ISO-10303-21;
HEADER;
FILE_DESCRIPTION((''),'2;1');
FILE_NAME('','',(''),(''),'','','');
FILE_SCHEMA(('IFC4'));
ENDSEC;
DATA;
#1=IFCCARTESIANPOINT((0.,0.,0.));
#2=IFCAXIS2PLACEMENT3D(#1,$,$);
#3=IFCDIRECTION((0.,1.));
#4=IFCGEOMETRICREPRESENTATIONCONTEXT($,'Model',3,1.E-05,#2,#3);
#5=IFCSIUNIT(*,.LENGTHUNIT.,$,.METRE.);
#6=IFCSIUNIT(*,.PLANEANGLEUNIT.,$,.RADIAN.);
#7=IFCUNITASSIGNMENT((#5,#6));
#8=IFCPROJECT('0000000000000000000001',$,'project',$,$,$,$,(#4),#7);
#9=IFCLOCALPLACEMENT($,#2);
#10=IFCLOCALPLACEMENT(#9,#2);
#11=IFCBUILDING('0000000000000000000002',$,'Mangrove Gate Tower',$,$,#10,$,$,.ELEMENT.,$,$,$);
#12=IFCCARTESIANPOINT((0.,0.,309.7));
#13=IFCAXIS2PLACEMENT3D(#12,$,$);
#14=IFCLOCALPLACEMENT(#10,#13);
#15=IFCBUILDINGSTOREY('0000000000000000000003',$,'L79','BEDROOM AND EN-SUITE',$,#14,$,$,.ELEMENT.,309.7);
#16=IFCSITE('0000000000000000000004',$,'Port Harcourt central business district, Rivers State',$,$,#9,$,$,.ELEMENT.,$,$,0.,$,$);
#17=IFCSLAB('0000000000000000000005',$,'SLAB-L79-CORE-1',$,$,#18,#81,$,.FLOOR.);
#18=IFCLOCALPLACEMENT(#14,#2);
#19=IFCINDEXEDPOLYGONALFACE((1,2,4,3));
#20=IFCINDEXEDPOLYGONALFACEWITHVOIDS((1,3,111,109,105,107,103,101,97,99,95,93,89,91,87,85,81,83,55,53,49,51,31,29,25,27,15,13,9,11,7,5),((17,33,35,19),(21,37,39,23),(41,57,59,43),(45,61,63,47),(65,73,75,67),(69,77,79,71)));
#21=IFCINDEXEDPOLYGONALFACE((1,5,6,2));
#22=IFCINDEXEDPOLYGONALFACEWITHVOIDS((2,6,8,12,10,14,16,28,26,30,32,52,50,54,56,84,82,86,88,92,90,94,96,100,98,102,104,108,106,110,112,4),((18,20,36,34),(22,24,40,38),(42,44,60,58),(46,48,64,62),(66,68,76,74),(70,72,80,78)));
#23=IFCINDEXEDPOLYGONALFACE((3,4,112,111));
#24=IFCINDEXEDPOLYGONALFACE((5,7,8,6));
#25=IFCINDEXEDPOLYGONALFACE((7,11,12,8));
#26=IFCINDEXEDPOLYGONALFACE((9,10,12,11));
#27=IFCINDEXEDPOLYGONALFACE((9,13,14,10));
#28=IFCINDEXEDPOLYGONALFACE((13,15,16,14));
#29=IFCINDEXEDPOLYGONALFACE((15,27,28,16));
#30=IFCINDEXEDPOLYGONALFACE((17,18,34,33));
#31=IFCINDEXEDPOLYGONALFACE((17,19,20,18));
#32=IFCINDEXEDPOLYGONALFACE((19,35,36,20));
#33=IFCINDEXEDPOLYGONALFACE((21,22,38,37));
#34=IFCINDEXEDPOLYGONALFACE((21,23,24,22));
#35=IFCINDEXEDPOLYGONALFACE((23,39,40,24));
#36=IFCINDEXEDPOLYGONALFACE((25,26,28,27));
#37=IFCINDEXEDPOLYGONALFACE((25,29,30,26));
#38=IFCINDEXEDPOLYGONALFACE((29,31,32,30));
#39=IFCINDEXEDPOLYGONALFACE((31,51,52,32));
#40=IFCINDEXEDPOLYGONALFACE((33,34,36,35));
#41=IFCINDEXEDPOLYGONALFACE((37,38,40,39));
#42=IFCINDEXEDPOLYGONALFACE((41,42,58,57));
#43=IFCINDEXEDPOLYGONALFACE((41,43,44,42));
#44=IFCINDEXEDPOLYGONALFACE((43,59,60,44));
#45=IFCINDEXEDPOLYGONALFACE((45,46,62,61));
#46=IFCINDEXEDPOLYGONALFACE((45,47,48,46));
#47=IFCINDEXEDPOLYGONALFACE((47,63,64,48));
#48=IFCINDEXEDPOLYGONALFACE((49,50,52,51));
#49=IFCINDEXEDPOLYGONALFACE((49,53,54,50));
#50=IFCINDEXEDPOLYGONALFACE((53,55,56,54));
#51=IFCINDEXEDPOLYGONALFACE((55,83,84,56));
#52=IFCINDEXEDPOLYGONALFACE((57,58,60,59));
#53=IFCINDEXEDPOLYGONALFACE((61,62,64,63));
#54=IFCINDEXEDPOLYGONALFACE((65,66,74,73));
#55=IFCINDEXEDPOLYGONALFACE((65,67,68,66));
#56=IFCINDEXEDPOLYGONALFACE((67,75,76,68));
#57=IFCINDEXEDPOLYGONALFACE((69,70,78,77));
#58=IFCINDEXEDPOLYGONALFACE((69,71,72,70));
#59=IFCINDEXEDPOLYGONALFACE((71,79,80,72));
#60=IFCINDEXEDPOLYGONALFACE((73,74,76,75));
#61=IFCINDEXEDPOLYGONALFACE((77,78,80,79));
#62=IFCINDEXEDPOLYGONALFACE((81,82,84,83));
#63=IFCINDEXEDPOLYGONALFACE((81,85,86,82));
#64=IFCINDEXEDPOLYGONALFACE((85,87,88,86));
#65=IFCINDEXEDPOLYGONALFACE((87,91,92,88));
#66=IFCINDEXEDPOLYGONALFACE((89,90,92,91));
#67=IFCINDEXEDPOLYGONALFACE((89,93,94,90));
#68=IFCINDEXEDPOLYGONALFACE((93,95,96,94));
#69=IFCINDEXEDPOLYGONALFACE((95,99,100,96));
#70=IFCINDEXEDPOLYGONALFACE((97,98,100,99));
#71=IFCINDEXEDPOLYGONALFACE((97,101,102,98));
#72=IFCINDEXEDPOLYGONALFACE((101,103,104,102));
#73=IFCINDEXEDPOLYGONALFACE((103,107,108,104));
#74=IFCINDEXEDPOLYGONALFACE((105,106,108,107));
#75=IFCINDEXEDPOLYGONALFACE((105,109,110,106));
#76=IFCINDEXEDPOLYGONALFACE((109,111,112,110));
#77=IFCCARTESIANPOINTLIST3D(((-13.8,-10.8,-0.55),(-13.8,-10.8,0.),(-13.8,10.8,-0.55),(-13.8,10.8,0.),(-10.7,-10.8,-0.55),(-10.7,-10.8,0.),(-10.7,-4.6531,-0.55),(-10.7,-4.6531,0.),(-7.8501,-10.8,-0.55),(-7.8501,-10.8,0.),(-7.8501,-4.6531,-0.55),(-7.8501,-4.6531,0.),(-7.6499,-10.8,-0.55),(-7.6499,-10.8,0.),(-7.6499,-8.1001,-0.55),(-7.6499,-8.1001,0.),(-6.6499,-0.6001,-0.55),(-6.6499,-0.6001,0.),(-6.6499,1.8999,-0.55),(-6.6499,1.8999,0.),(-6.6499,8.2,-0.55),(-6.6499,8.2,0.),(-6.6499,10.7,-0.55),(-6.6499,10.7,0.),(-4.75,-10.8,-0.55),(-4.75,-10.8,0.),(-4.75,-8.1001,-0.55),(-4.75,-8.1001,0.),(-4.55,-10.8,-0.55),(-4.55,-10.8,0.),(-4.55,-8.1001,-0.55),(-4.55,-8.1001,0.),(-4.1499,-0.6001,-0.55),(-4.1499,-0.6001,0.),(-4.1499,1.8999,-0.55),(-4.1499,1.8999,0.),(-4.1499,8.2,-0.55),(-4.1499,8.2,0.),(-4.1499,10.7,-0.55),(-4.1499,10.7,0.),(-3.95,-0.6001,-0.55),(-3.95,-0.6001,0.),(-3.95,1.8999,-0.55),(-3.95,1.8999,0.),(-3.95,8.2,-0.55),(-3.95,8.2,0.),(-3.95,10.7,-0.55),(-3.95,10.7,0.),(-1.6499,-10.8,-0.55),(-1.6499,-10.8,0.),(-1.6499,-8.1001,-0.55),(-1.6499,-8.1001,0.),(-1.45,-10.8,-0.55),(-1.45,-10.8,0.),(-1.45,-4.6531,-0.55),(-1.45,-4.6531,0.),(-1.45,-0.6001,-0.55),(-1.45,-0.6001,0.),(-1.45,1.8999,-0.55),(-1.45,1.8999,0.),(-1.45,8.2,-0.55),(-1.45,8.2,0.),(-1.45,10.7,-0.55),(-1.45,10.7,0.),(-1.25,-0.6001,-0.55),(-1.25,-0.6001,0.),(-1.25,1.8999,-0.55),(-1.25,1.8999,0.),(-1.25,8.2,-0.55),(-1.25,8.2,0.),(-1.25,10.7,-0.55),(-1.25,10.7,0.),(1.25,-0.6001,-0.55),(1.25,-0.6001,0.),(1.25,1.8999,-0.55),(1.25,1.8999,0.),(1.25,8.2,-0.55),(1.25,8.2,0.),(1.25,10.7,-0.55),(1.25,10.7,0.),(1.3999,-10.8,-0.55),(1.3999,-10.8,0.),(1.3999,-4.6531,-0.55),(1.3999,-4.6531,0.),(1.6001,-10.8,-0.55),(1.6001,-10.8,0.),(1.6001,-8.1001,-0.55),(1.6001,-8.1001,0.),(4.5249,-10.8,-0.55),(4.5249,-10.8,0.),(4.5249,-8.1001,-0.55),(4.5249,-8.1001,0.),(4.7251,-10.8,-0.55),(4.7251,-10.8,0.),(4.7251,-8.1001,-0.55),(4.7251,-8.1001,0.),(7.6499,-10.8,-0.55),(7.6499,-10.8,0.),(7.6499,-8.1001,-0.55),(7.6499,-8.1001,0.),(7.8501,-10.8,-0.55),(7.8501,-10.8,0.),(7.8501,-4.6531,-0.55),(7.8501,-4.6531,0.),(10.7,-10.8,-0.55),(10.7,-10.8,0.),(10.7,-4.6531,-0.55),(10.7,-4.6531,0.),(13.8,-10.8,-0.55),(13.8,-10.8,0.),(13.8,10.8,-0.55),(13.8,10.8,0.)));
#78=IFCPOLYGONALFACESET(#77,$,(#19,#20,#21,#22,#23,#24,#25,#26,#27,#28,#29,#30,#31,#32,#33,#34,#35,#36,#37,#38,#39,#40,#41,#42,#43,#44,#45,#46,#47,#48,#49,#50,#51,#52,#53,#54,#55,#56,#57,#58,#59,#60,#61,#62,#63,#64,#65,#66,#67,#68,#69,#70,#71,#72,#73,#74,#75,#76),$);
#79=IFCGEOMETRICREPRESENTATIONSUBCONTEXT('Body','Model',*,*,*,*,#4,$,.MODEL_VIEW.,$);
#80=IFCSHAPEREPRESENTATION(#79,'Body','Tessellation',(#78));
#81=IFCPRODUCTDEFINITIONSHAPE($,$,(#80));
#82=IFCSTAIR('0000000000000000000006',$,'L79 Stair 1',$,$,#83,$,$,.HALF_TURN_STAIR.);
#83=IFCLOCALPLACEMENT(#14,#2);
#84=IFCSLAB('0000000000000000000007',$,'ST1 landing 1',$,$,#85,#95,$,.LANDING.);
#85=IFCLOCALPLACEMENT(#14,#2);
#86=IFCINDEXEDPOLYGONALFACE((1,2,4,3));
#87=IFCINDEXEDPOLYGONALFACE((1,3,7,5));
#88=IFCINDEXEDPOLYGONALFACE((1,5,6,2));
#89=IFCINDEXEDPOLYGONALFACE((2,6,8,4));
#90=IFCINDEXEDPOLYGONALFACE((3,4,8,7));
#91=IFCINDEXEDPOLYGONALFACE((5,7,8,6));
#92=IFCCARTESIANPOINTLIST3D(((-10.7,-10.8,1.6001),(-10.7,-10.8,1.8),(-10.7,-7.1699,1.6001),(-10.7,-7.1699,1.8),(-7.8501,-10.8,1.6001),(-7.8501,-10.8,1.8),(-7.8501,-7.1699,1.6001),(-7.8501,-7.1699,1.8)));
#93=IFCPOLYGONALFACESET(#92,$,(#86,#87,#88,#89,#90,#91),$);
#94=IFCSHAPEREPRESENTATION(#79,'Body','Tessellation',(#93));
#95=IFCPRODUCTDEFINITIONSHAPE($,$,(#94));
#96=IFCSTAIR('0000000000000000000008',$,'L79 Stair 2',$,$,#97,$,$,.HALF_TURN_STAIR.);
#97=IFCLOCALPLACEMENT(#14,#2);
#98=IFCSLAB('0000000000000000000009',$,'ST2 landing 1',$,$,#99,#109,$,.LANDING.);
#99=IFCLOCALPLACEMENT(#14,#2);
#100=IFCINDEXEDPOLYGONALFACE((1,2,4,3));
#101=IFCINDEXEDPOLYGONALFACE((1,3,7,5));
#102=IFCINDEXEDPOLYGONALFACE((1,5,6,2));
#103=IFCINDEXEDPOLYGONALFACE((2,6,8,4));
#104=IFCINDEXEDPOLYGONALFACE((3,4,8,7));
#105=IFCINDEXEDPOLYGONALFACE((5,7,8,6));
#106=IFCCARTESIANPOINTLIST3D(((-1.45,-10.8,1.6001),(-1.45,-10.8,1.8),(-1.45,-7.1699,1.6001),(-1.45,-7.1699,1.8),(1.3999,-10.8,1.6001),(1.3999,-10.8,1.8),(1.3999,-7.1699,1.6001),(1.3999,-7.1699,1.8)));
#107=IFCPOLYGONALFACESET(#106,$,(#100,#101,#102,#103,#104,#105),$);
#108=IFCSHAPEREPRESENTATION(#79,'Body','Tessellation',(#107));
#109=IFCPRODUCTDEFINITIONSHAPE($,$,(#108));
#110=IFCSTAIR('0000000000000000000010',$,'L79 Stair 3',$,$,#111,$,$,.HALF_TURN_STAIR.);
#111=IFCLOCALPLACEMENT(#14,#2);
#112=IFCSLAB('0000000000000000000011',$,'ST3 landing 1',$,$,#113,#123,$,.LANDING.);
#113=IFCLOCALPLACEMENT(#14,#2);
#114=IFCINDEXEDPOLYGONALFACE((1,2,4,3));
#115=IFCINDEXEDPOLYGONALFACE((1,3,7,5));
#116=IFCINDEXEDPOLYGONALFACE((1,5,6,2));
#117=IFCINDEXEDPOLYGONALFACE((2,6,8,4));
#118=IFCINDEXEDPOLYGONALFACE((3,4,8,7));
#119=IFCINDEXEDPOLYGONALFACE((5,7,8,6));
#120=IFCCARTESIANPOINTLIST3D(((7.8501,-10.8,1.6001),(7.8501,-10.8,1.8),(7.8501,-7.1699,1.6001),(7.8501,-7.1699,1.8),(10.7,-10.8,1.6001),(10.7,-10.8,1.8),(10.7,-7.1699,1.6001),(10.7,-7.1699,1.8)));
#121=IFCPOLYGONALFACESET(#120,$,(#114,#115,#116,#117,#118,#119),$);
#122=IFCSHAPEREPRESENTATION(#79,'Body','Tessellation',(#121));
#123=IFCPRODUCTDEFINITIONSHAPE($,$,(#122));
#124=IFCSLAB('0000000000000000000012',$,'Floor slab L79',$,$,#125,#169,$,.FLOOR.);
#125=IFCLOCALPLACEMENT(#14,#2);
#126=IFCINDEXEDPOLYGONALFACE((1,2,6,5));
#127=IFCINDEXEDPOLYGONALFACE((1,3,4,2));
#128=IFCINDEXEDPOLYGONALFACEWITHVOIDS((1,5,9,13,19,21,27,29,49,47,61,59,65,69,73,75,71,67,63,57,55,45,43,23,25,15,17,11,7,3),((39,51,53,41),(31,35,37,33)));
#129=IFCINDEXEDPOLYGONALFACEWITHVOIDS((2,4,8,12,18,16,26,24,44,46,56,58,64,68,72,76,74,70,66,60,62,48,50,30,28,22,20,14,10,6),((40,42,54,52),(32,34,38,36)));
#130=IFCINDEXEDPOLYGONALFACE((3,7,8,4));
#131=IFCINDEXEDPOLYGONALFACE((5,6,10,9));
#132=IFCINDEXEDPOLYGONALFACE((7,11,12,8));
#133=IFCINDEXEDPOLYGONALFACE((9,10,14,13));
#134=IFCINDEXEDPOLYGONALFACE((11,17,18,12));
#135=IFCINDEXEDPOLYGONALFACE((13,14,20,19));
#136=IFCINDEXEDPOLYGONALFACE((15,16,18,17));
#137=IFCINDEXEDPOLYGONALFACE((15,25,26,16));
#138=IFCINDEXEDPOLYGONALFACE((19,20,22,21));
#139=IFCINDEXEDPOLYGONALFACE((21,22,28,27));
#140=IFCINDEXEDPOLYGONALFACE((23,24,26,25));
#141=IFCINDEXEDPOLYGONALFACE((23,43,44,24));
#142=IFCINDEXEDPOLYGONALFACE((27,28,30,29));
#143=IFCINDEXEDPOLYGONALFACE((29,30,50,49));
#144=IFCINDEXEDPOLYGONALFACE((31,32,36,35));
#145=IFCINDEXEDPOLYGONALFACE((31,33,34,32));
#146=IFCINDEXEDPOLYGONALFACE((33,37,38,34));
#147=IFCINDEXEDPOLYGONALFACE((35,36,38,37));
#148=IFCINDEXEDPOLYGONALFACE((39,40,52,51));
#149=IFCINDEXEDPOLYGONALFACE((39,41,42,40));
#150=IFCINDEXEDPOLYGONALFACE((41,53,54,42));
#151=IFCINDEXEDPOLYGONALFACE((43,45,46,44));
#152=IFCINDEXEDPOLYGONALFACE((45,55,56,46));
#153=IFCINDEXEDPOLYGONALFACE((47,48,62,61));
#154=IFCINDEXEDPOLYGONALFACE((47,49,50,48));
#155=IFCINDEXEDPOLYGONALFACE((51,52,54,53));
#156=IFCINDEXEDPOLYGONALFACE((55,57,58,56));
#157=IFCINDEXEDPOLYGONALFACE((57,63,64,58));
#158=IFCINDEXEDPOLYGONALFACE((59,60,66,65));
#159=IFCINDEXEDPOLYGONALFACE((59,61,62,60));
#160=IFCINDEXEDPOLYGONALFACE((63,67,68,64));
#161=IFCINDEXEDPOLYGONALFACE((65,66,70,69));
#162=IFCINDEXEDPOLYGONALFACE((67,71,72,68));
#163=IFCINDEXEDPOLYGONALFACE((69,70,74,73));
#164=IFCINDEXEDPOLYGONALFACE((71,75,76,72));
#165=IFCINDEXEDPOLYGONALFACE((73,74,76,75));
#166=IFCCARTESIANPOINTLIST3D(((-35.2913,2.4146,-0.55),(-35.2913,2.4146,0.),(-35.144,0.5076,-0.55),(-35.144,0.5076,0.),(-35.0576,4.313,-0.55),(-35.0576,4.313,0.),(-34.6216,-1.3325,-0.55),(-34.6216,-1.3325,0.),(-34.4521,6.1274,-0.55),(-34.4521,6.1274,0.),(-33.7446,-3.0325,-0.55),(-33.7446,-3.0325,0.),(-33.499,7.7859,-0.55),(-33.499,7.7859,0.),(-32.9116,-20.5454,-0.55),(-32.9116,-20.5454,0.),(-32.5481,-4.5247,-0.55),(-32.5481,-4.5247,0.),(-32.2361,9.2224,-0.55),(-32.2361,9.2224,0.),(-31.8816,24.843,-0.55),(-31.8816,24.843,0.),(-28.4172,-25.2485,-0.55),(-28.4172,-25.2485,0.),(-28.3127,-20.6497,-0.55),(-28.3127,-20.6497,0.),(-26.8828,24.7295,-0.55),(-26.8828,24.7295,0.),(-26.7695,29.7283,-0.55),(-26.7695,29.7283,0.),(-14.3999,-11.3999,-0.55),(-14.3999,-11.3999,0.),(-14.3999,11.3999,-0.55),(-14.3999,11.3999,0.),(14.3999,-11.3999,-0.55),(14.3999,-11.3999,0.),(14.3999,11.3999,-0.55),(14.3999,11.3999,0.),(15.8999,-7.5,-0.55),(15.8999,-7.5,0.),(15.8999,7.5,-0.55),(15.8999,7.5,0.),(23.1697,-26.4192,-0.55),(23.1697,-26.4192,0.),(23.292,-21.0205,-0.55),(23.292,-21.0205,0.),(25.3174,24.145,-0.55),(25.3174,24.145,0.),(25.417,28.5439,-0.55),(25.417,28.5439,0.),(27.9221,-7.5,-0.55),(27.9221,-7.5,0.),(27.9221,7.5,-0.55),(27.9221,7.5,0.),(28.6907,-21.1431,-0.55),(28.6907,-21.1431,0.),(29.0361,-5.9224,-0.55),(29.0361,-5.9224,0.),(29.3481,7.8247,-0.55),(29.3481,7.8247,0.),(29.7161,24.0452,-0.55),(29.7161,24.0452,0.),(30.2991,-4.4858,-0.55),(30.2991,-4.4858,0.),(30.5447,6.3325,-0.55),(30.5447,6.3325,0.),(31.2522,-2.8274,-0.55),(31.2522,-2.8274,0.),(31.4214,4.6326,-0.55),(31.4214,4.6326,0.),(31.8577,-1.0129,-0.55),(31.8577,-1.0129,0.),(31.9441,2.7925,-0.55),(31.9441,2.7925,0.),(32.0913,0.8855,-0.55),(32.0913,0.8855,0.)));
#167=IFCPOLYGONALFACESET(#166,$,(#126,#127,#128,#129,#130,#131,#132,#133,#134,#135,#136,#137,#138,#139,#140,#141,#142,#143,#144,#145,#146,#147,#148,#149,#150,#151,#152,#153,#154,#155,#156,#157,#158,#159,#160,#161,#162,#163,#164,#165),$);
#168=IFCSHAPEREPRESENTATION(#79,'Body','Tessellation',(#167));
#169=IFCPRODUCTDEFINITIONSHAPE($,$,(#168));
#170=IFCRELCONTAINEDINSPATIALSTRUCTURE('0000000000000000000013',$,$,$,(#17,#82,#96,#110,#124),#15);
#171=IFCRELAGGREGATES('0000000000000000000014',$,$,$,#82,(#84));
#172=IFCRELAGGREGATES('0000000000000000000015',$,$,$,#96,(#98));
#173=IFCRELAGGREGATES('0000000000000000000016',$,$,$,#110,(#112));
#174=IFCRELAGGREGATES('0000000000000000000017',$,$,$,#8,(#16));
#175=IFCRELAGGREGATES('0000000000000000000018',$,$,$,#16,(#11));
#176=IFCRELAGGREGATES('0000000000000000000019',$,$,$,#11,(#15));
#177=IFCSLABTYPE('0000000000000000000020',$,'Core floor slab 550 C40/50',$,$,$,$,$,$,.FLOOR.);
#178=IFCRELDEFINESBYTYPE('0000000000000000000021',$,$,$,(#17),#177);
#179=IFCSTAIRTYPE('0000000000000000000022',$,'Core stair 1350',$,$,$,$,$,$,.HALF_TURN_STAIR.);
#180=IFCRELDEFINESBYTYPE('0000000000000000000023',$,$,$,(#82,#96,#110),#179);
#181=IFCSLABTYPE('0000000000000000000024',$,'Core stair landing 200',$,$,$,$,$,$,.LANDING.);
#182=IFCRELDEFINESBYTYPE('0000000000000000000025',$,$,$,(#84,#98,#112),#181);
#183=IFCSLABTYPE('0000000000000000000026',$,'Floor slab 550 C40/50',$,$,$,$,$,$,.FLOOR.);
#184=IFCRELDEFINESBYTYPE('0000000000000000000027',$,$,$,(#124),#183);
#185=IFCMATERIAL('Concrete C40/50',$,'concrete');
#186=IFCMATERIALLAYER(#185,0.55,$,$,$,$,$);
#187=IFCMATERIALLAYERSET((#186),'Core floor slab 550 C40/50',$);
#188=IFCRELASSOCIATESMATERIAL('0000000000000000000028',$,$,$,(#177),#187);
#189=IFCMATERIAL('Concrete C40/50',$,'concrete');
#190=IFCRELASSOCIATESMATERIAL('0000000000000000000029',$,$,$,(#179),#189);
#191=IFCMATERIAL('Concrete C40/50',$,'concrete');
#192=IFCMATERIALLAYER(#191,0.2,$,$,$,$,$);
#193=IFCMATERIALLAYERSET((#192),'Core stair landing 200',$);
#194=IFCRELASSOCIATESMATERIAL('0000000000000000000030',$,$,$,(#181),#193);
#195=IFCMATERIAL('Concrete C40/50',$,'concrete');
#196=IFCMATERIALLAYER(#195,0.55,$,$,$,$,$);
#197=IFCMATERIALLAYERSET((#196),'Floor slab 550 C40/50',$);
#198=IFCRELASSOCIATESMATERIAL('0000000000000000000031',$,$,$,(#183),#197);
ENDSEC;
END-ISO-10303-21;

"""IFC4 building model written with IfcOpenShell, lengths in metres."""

from ifc_helpers import new_model, si_unit, direction, frame, origin, place, context, subcontext, project, spatial, polyline, outline, extrude, material, layer, layer_set, type_object, element, aggregate, save


model = new_model("IFC4")

# Units and contexts
model_context = context("Model", 3, precision=1e-05, world=origin(), true_north=direction((0.0, 1.0)))
body_context = subcontext(model_context, "Body", "Model", "MODEL_VIEW")
ifc_project = project(units=[si_unit("LENGTHUNIT", "METRE"), si_unit("PLANEANGLEUNIT", "RADIAN")], contexts=[model_context])

# Site, building, storey
site_placement = place(None, origin())
site = spatial("IfcSite", under=ifc_project, at=site_placement, Name="Port Harcourt central business district, Rivers State", CompositionType="ELEMENT", RefElevation=0.0)
building_placement = place(site_placement, origin())
building = spatial("IfcBuilding", under=site, at=building_placement, Name="Mangrove Gate Tower", CompositionType="ELEMENT")
storey_placement = place(building_placement, frame((0.0, 0.0, 309.7)))
storey = spatial("IfcBuildingStorey", under=building, at=storey_placement, Name="L79", Description="BEDROOM AND EN-SUITE", CompositionType="ELEMENT", Elevation=309.7)

# Slab
ifc_material_1 = material(Name="Concrete C40/50", Category="concrete")
ifc_layer_1 = layer(ifc_material_1, 0.55)
ifc_layer_set_1 = layer_set([ifc_layer_1], Name="Core floor slab 550 C40/50")
slab_type_1 = type_object("IfcSlabType", Name="Core floor slab 550 C40/50", PredefinedType="FLOOR", material=ifc_layer_set_1)
slab_1_placement = place(storey_placement, frame((0.0, 0.0, -0.55)))
element("IfcSlab", 1, at=slab_1_placement, inside=storey, type_object=slab_type_1, Name="SLAB-L79-CORE-1", PredefinedType="FLOOR", context=body_context, shape_type="SweptSolid", body=[
    extrude(outline(polyline([(-13.8, -10.8), (-13.8, 10.8), (13.8, 10.8), (13.8, -10.8), (10.7, -10.8), (10.7, -4.6531), (7.8501, -4.6531), (7.8501, -10.8), (7.6499, -10.8), (7.6499, -8.1001), (4.7251, -8.1001), (4.7251, -10.8), (4.5249, -10.8), (4.5249, -8.1001), (1.6001, -8.1001), (1.6001, -10.8), (1.3999, -10.8), (1.3999, -4.6531), (-1.45, -4.6531), (-1.45, -10.8), (-1.6499, -10.8), (-1.6499, -8.1001), (-4.55, -8.1001), (-4.55, -10.8), (-4.75, -10.8), (-4.75, -8.1001), (-7.6499, -8.1001), (-7.6499, -10.8), (-7.8501, -10.8), (-7.8501, -4.6531), (-10.7, -4.6531), (-10.7, -10.8), (-13.8, -10.8)]), holes=[polyline([(-4.1499, 1.8999), (-6.6499, 1.8999), (-6.6499, -0.6001), (-4.1499, -0.6001), (-4.1499, 1.8999)]), polyline([(-1.45, -0.6001), (-1.45, 1.8999), (-3.95, 1.8999), (-3.95, -0.6001), (-1.45, -0.6001)]), polyline([(-4.1499, 8.2), (-4.1499, 10.7), (-6.6499, 10.7), (-6.6499, 8.2), (-4.1499, 8.2)]), polyline([(-1.45, 10.7), (-3.95, 10.7), (-3.95, 8.2), (-1.45, 8.2), (-1.45, 10.7)]), polyline([(1.25, -0.6001), (1.25, 1.8999), (-1.25, 1.8999), (-1.25, -0.6001), (1.25, -0.6001)]), polyline([(1.25, 8.2), (1.25, 10.7), (-1.25, 10.7), (-1.25, 8.2), (1.25, 8.2)])]), origin(), (0.0, 0.0, 1.0), 0.55),
])

# Stairs, slabs
ifc_material_2 = material(Name="Concrete C40/50", Category="concrete")
stair_type = type_object("IfcStairType", Name="Core stair 1350", PredefinedType="HALF_TURN_STAIR", material=ifc_material_2)
stair_1_placement = place(storey_placement, origin())
stair_1 = element("IfcStair", 2, at=stair_1_placement, inside=storey, type_object=stair_type, Name="L79 Stair 1", PredefinedType="HALF_TURN_STAIR")
ifc_material_3 = material(Name="Concrete C40/50", Category="concrete")
ifc_layer_2 = layer(ifc_material_3, 0.2)
ifc_layer_set_2 = layer_set([ifc_layer_2], Name="Core stair landing 200")
slab_type_2 = type_object("IfcSlabType", Name="Core stair landing 200", PredefinedType="LANDING", material=ifc_layer_set_2)
slab_2_placement = place(storey_placement, frame((0.0, 0.0, 1.6001)))
slab_2 = element("IfcSlab", 3, at=slab_2_placement, type_object=slab_type_2, Name="ST1 landing 1", PredefinedType="LANDING", context=body_context, shape_type="SweptSolid", body=[
    extrude(outline(polyline([(-10.7, -7.1699), (-10.7, -10.8), (-7.8501, -10.8), (-7.8501, -7.1699), (-10.7, -7.1699)])), origin(), (0.0, 0.0, 1.0), 0.2),
])
aggregate(stair_1, [slab_2])
stair_2_placement = place(storey_placement, origin())
stair_2 = element("IfcStair", 4, at=stair_2_placement, inside=storey, type_object=stair_type, Name="L79 Stair 2", PredefinedType="HALF_TURN_STAIR")
slab_3_placement = place(storey_placement, frame((0.0, 0.0, 1.6001)))
slab_3 = element("IfcSlab", 5, at=slab_3_placement, type_object=slab_type_2, Name="ST2 landing 1", PredefinedType="LANDING", context=body_context, shape_type="SweptSolid", body=[
    extrude(outline(polyline([(-1.45, -7.1699), (-1.45, -10.8), (1.3999, -10.8), (1.3999, -7.1699), (-1.45, -7.1699)])), origin(), (0.0, 0.0, 1.0), 0.2),
])
aggregate(stair_2, [slab_3])
stair_3_placement = place(storey_placement, origin())
stair_3 = element("IfcStair", 6, at=stair_3_placement, inside=storey, type_object=stair_type, Name="L79 Stair 3", PredefinedType="HALF_TURN_STAIR")
slab_4_placement = place(storey_placement, frame((0.0, 0.0, 1.6001)))
slab_4 = element("IfcSlab", 7, at=slab_4_placement, type_object=slab_type_2, Name="ST3 landing 1", PredefinedType="LANDING", context=body_context, shape_type="SweptSolid", body=[
    extrude(outline(polyline([(7.8501, -7.1699), (7.8501, -10.8), (10.7, -10.8), (10.7, -7.1699), (7.8501, -7.1699)])), origin(), (0.0, 0.0, 1.0), 0.2),
])
aggregate(stair_3, [slab_4])

# Slab
ifc_material_4 = material(Name="Concrete C40/50", Category="concrete")
ifc_layer_3 = layer(ifc_material_4, 0.55)
ifc_layer_set_3 = layer_set([ifc_layer_3], Name="Floor slab 550 C40/50")
slab_type_3 = type_object("IfcSlabType", Name="Floor slab 550 C40/50", PredefinedType="FLOOR", material=ifc_layer_set_3)
slab_5_placement = place(storey_placement, frame((0.0, 0.0, -0.55)))
element("IfcSlab", 8, at=slab_5_placement, inside=storey, type_object=slab_type_3, Name="Floor slab L79", PredefinedType="FLOOR", context=body_context, shape_type="SweptSolid", body=[
    extrude(outline(polyline([(-28.4172, -25.2485), (23.1697, -26.4192), (23.292, -21.0205), (28.6907, -21.1431), (29.0361, -5.9224), (30.2991, -4.4858), (31.2522, -2.8274), (31.8577, -1.0129), (32.0913, 0.8855), (31.9441, 2.7925), (31.4214, 4.6326), (30.5447, 6.3325), (29.3481, 7.8247), (29.7161, 24.0452), (25.3174, 24.145), (25.417, 28.5439), (-26.7695, 29.7283), (-26.8828, 24.7295), (-31.8816, 24.843), (-32.2361, 9.2224), (-33.499, 7.7859), (-34.4521, 6.1274), (-35.0576, 4.313), (-35.2913, 2.4146), (-35.144, 0.5076), (-34.6216, -1.3325), (-33.7446, -3.0325), (-32.5481, -4.5247), (-32.9116, -20.5454), (-28.3127, -20.6497), (-28.4172, -25.2485)]), holes=[polyline([(15.8999, 7.5), (27.9221, 7.5), (27.9221, -7.5), (15.8999, -7.5), (15.8999, 7.5)]), polyline([(-14.3999, -11.3999), (-14.3999, 11.3999), (14.3999, 11.3999), (14.3999, -11.3999), (-14.3999, -11.3999)])]), origin(), (0.0, 0.0, 1.0), 0.55),
])

save(model, "model.ifc")
